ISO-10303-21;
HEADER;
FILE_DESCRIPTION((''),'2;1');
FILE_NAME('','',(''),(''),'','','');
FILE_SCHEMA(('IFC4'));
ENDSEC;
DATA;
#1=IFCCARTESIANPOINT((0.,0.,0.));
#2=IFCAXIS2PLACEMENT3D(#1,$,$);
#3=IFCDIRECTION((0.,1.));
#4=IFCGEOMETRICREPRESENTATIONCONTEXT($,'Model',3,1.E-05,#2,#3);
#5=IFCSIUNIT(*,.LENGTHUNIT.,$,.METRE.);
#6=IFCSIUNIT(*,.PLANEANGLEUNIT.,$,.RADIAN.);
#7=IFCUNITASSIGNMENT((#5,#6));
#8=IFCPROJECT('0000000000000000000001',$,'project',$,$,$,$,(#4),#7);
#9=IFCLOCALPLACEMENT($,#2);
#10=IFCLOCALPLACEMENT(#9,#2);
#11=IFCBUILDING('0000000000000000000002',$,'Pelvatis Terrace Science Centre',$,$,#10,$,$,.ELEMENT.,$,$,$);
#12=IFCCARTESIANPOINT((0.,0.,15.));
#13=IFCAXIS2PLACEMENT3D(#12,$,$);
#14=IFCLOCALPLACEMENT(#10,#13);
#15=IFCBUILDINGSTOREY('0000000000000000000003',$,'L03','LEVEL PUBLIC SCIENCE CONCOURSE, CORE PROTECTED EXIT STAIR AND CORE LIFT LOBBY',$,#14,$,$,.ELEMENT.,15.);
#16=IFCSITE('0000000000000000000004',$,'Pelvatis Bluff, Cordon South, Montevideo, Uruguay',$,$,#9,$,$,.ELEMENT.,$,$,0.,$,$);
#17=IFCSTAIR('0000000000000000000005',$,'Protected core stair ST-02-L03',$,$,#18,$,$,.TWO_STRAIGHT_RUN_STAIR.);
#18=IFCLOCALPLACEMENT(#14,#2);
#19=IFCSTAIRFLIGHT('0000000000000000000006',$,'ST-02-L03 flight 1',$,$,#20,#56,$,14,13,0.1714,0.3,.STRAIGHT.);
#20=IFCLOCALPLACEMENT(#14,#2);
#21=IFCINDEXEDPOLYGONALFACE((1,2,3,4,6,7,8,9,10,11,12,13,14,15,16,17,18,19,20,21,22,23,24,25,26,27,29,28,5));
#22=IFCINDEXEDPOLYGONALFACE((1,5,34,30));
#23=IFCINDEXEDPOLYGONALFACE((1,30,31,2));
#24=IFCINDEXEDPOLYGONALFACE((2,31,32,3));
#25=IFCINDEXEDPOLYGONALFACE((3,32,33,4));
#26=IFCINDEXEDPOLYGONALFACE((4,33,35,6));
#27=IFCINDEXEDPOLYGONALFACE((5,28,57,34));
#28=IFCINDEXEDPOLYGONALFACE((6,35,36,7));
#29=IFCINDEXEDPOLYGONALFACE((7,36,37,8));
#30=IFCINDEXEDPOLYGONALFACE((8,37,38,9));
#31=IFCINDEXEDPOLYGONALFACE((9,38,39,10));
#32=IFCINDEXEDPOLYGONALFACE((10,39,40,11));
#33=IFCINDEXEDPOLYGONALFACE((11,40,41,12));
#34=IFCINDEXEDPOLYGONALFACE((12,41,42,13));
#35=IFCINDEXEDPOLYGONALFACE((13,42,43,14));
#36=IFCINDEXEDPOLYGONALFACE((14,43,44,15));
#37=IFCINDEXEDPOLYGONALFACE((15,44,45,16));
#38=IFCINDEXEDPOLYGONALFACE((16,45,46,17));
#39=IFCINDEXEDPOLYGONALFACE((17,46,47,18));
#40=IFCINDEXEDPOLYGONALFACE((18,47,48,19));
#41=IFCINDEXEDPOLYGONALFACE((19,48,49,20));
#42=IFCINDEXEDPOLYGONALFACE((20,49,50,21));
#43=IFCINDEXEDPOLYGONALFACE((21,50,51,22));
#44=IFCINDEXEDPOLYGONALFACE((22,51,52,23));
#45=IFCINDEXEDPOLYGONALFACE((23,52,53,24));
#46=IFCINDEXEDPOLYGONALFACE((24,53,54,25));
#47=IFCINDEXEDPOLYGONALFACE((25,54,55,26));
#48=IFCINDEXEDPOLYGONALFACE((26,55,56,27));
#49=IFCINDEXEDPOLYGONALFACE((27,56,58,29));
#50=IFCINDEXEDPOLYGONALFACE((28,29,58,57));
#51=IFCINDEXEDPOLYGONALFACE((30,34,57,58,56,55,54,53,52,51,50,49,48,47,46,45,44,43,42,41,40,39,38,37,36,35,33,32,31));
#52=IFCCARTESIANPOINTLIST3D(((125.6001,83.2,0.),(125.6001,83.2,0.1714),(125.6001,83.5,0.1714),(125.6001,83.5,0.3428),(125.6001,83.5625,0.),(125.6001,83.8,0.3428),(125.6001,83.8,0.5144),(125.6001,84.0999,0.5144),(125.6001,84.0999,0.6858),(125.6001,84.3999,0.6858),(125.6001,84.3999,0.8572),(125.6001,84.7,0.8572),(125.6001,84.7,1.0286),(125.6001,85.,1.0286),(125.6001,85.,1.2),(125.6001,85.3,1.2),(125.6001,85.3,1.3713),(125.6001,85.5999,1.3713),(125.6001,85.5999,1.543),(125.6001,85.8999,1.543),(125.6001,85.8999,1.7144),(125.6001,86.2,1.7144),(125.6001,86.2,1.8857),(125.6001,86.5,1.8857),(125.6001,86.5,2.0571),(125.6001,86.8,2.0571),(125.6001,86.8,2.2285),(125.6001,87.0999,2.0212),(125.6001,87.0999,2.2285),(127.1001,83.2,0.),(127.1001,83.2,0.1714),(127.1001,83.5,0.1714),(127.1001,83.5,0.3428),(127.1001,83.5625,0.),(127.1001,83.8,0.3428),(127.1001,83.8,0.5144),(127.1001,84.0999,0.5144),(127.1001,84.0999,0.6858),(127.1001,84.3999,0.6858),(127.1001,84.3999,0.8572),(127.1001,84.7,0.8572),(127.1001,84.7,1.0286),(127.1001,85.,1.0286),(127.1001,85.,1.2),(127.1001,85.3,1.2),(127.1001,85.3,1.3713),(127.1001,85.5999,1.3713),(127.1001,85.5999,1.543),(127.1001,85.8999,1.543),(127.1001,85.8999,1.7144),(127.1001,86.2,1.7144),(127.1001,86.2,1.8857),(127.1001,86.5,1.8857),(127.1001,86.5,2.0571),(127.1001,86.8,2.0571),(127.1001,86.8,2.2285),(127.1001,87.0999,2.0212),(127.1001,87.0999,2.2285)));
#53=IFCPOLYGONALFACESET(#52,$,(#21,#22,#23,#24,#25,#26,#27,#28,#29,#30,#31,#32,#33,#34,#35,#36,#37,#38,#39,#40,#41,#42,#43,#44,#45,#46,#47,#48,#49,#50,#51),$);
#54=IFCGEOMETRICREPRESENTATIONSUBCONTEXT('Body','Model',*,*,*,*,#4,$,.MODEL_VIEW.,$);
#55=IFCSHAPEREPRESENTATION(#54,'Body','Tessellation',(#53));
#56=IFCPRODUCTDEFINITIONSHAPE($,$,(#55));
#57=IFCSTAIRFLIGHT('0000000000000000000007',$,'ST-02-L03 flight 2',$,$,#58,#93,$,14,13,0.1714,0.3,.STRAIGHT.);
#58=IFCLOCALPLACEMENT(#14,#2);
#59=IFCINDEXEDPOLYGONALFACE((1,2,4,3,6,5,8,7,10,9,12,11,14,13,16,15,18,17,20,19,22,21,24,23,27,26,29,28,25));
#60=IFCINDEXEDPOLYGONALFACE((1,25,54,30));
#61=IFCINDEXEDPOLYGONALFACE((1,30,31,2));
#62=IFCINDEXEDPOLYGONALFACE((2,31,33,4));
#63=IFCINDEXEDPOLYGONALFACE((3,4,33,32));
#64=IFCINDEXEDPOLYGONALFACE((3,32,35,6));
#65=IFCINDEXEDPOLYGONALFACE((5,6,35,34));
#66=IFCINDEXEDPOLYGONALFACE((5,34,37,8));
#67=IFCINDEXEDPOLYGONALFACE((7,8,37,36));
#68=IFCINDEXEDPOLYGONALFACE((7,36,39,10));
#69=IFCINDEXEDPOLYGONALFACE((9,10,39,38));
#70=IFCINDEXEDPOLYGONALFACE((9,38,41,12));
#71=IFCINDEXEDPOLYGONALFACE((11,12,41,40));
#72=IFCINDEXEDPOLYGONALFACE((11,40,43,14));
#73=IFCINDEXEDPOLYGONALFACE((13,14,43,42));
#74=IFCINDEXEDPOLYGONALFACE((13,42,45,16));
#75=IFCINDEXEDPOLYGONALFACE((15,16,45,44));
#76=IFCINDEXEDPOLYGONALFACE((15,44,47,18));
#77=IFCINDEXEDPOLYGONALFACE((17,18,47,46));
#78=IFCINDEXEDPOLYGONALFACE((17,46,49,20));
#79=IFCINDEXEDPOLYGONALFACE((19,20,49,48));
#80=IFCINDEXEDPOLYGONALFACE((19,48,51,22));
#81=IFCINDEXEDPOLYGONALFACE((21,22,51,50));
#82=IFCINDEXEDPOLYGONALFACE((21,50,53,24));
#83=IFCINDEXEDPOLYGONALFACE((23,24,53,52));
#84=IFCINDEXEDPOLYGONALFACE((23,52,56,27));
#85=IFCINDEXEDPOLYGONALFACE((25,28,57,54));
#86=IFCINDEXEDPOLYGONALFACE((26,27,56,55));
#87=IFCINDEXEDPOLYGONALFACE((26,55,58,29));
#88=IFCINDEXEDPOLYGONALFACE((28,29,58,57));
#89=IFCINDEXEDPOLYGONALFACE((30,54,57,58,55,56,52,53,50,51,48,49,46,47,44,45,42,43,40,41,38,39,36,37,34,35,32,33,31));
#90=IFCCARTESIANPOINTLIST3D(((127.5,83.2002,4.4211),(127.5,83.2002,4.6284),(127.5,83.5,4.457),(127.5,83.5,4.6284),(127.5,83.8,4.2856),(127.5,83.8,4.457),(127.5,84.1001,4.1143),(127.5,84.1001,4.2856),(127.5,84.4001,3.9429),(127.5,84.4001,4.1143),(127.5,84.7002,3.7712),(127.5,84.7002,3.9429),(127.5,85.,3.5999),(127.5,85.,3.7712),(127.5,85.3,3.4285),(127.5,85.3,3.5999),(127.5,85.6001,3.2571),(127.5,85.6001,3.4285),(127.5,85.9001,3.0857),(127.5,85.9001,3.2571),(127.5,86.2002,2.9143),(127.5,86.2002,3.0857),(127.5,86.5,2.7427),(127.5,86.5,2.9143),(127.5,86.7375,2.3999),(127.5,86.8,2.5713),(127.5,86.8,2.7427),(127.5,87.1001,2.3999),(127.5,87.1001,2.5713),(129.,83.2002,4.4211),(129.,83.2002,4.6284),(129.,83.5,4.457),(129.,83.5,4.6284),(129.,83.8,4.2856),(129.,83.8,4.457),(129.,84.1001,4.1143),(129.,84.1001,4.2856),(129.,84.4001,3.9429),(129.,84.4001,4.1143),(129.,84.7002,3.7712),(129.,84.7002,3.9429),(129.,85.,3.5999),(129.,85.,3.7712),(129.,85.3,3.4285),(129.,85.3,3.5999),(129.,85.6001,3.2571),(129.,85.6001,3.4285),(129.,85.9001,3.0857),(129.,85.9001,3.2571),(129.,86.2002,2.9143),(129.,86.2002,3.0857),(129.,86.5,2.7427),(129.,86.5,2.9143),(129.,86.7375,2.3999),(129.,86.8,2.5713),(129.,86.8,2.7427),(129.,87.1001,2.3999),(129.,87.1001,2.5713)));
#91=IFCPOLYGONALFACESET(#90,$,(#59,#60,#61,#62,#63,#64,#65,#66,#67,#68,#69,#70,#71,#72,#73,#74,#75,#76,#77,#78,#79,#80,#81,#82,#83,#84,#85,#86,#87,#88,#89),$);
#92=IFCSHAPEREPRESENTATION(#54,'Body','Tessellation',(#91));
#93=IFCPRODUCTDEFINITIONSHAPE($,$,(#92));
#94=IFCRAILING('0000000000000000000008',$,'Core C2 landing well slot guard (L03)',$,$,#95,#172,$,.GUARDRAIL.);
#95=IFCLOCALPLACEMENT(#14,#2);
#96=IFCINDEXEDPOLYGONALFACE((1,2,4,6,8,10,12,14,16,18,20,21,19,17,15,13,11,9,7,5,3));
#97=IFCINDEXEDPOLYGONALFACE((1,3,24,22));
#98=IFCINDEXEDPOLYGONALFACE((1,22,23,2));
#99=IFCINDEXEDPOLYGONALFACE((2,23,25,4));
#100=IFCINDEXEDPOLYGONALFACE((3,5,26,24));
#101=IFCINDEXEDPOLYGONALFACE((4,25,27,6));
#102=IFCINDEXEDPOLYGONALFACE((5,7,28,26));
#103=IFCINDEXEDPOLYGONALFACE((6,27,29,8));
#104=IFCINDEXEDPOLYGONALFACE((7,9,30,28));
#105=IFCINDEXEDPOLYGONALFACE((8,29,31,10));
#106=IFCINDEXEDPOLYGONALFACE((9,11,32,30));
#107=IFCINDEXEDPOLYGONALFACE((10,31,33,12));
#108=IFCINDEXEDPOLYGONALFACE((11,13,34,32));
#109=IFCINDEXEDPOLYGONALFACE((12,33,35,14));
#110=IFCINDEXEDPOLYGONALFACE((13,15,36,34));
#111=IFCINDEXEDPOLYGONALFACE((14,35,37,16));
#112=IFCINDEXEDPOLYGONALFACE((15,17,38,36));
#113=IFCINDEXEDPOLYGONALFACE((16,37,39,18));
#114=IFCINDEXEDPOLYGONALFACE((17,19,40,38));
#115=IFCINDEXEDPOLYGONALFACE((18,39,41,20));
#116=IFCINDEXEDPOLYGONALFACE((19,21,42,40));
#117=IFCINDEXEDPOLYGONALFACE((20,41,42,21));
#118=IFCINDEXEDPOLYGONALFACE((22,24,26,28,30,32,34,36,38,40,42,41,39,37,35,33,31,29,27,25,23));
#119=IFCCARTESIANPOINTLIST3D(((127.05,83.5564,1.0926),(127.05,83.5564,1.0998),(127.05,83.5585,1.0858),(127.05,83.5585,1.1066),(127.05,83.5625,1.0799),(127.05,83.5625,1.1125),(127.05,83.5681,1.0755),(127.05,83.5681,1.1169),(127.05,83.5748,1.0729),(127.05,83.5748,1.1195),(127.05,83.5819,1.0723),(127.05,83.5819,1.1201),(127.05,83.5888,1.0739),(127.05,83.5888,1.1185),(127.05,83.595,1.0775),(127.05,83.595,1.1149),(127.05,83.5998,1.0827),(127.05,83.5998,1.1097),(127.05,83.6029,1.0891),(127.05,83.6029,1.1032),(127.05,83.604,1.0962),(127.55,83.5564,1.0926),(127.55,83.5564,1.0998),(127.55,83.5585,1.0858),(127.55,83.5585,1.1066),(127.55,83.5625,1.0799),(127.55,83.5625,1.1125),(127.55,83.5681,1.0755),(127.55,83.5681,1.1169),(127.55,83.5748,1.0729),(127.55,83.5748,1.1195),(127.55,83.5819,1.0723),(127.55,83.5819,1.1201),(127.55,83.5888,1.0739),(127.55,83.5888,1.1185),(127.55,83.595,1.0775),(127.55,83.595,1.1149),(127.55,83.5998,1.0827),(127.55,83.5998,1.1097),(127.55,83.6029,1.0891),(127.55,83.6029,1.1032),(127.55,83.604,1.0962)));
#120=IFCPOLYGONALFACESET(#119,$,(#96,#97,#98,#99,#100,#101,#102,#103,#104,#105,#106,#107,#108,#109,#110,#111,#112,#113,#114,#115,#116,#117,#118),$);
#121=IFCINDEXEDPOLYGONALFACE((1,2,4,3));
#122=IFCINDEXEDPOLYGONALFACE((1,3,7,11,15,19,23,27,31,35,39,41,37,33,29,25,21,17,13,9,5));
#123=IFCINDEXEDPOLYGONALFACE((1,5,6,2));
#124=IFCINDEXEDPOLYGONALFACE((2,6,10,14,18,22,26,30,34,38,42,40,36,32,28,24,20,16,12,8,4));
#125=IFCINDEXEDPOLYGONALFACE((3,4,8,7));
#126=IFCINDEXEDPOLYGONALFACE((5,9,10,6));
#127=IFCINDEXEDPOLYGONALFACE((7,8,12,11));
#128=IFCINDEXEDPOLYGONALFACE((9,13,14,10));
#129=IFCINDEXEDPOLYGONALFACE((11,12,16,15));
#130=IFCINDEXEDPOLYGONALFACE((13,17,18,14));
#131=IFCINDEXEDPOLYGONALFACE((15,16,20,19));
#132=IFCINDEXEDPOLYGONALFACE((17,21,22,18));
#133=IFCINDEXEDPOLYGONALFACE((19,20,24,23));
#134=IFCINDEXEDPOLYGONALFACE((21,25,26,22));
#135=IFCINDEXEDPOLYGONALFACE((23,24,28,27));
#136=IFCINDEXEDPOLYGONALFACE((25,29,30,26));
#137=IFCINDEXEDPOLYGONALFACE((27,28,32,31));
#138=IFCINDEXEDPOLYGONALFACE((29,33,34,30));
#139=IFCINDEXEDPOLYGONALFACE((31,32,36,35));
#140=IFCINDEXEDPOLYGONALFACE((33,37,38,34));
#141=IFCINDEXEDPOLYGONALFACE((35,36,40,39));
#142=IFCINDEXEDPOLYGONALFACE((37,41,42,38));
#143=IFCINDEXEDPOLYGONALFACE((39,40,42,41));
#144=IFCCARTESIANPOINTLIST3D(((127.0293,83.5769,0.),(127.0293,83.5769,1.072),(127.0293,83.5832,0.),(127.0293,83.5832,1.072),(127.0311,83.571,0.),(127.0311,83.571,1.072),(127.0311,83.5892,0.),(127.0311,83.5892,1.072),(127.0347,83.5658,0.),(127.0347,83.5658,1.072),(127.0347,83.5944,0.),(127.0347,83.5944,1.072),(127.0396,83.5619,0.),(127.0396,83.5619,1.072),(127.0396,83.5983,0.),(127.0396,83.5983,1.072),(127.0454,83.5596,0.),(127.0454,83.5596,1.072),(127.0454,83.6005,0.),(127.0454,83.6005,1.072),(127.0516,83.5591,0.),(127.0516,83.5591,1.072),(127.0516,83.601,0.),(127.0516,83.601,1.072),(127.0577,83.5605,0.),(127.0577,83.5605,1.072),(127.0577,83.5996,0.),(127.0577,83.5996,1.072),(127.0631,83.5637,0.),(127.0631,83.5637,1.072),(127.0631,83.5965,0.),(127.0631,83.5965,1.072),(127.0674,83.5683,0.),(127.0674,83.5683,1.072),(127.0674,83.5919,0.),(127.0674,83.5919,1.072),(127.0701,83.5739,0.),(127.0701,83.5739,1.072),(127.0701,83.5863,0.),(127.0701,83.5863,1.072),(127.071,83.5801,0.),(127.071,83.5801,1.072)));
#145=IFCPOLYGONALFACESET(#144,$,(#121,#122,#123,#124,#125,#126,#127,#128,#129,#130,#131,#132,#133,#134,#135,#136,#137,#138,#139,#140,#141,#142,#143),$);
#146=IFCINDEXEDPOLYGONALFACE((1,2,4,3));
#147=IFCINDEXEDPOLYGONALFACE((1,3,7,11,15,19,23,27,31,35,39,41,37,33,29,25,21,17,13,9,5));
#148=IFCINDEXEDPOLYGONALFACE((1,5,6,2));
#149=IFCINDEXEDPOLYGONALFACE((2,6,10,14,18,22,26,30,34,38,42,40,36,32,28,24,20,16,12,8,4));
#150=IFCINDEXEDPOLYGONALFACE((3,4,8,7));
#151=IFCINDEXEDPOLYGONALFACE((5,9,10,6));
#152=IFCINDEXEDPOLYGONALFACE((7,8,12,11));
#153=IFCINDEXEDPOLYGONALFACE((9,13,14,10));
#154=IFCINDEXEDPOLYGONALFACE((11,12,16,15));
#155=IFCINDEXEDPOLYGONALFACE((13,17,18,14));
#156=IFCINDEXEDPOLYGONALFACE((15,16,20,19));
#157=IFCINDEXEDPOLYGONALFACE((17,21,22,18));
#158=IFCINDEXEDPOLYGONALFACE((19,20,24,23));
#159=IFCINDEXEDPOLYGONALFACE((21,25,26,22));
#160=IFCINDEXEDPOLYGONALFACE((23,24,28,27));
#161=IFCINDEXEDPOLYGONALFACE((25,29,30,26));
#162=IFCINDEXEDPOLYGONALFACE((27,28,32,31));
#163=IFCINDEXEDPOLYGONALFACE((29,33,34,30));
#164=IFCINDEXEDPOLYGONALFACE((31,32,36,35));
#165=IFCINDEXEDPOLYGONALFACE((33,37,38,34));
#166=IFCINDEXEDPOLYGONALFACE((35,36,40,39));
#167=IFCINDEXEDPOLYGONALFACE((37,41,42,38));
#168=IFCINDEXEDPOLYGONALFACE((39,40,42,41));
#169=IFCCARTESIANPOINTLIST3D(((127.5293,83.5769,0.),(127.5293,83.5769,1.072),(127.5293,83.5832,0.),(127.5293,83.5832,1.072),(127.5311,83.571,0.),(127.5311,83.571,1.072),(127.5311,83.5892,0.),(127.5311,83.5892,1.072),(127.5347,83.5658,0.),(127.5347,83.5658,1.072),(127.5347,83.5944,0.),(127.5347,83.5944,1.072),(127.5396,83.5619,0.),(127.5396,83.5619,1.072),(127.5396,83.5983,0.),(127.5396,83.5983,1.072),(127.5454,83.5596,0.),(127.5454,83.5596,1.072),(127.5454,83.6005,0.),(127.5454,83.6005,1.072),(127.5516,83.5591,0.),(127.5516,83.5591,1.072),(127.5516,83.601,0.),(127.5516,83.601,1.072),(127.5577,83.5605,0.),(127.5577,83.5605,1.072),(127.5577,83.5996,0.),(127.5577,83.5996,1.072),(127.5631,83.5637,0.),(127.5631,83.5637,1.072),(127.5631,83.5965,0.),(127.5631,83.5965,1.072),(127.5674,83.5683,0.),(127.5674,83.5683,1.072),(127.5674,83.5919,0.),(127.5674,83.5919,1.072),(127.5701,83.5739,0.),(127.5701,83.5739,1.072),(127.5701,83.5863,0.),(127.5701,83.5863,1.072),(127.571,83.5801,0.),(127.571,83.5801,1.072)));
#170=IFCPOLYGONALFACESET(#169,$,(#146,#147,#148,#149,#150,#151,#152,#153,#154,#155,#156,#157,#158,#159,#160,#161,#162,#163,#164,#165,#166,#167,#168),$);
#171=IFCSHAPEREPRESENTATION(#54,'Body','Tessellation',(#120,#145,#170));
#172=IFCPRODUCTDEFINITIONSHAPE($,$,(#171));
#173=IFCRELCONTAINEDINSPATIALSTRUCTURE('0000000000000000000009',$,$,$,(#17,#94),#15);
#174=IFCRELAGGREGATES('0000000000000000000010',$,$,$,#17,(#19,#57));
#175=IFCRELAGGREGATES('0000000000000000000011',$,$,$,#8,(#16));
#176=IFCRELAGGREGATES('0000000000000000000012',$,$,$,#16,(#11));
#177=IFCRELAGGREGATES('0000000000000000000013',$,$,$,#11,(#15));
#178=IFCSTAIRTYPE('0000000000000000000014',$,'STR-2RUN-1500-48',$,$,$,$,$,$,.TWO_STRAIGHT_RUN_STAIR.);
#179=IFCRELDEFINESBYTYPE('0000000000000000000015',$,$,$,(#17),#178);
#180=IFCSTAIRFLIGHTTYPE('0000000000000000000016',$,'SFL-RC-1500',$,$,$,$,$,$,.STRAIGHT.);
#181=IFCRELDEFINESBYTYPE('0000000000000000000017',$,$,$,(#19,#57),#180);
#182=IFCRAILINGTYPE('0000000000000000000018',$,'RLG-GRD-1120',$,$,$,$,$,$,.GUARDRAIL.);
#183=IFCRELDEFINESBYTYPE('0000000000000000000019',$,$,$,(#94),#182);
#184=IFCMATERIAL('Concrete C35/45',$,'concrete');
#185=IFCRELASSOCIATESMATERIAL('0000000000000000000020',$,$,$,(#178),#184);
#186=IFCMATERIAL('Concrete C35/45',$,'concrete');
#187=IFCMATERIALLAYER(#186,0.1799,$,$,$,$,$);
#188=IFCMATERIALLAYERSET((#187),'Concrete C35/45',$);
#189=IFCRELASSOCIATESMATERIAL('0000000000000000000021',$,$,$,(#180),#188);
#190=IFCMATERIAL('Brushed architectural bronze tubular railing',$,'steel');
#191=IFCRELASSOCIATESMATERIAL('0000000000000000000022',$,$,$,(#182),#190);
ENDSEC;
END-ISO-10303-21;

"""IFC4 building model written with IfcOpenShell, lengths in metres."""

from ifc_helpers import new_model, si_unit, direction, frame, origin, origin_2d, place, context, subcontext, project, spatial, polyline, circle, outline, extrude, material, layer, layer_set, type_object, element, aggregate, save


model = new_model("IFC4")

# Units and contexts
model_context = context("Model", 3, precision=1e-05, world=origin(), true_north=direction((0.0, 1.0)))
body_context = subcontext(model_context, "Body", "Model", "MODEL_VIEW")
ifc_project = project(units=[si_unit("LENGTHUNIT", "METRE"), si_unit("PLANEANGLEUNIT", "RADIAN")], contexts=[model_context])

# Site, building, storey
site_placement = place(None, origin())
site = spatial("IfcSite", under=ifc_project, at=site_placement, Name="Pelvatis Bluff, Cordon South, Montevideo, Uruguay", CompositionType="ELEMENT", RefElevation=0.0)
building_placement = place(site_placement, origin())
building = spatial("IfcBuilding", under=site, at=building_placement, Name="Pelvatis Terrace Science Centre", CompositionType="ELEMENT")
storey_placement = place(building_placement, frame((0.0, 0.0, 15.0)))
storey = spatial("IfcBuildingStorey", under=building, at=storey_placement, Name="L03", Description="LEVEL PUBLIC SCIENCE CONCOURSE, CORE PROTECTED EXIT STAIR AND CORE LIFT LOBBY", CompositionType="ELEMENT", Elevation=15.0)

# Stair, stair flights
ifc_material_1 = material(Name="Concrete C35/45", Category="concrete")
stair_type = type_object("IfcStairType", Name="STR-2RUN-1500-48", PredefinedType="TWO_STRAIGHT_RUN_STAIR", material=ifc_material_1)
stair_placement = place(storey_placement, origin())
stair = element("IfcStair", 1, at=stair_placement, inside=storey, type_object=stair_type, Name="Protected core stair ST-02-L03", PredefinedType="TWO_STRAIGHT_RUN_STAIR")
ifc_material_2 = material(Name="Concrete C35/45", Category="concrete")
ifc_layer_1 = layer(ifc_material_2, 0.1799)
ifc_layer_set_1 = layer_set([ifc_layer_1], Name="Concrete C35/45")
stair_flight_type = type_object("IfcStairFlightType", Name="SFL-RC-1500", PredefinedType="STRAIGHT", material=ifc_layer_set_1)
stair_flight_1_placement = place(storey_placement, frame((126.3501, 83.2, 0.0), z_axis=(0.0, 0.0, 1.0), x_axis=(0.0, 1.0, 0.0)))
stair_flight_1 = element("IfcStairFlight", 2, at=stair_flight_1_placement, type_object=stair_flight_type, Name="ST-02-L03 flight 1", NumberOfRisers=14, NumberOfTreads=13, PredefinedType="STRAIGHT", RiserHeight=0.1714, TreadLength=0.3, context=body_context, shape_type="SweptSolid", body=[
    extrude(outline(polyline([(0.0, 0.0), (0.0, 0.1714), (0.3, 0.1714), (0.3, 0.3428), (0.6001, 0.3428), (0.6001, 0.5144), (0.8999, 0.5144), (0.8999, 0.6858), (1.2, 0.6858), (1.2, 0.8572), (1.5, 0.8572), (1.5, 1.0286), (1.8, 1.0286), (1.8, 1.2), (2.1001, 1.2), (2.1001, 1.3713), (2.3999, 1.3713), (2.3999, 1.543), (2.7, 1.543), (2.7, 1.7144), (3.0, 1.7144), (3.0, 1.8857), (3.3, 1.8857), (3.3, 2.0571), (3.6001, 2.0571), (3.6001, 2.2285), (3.8999, 2.2285), (3.8999, 2.3999), (3.8999, 2.0212), (0.3625, 0.0), (0.0, 0.0)])), frame((0.0, 0.75, 0.0), z_axis=(0.0, -1.0, 0.0), x_axis=(1.0, 0.0, 0.0)), (0.0, 0.0, 1.0), 1.5),
])
stair_flight_2_placement = place(storey_placement, frame((128.25, 87.1001, 2.3999), z_axis=(0.0, 0.0, 1.0), x_axis=(0.0, -1.0, 0.0)))
stair_flight_2 = element("IfcStairFlight", 3, at=stair_flight_2_placement, type_object=stair_flight_type, Name="ST-02-L03 flight 2", NumberOfRisers=14, NumberOfTreads=13, PredefinedType="STRAIGHT", RiserHeight=0.1714, TreadLength=0.3, context=body_context, shape_type="SweptSolid", body=[
    extrude(outline(polyline([(0.0, 0.0), (0.0, 0.1714), (0.3, 0.1714), (0.3, 0.3428), (0.6001, 0.3428), (0.6001, 0.5144), (0.8999, 0.5144), (0.8999, 0.6858), (1.2, 0.6858), (1.2, 0.8572), (1.5, 0.8572), (1.5, 1.0286), (1.8, 1.0286), (1.8, 1.2), (2.1001, 1.2), (2.1001, 1.3713), (2.3999, 1.3713), (2.3999, 1.543), (2.7, 1.543), (2.7, 1.7144), (3.0, 1.7144), (3.0, 1.8857), (3.3, 1.8857), (3.3, 2.0571), (3.6001, 2.0571), (3.6001, 2.2285), (3.8999, 2.2285), (3.8999, 2.3999), (3.8999, 2.0212), (0.3625, 0.0), (0.0, 0.0)])), frame((0.0, 0.75, 0.0), z_axis=(0.0, -1.0, 0.0), x_axis=(1.0, 0.0, 0.0)), (0.0, 0.0, 1.0), 1.5),
])
aggregate(stair, [stair_flight_1, stair_flight_2])

# Railing
ifc_material_3 = material(Name="Brushed architectural bronze tubular railing", Category="steel")
railing_type_1 = type_object("IfcRailingType", Name="RLG-GRD-1120", PredefinedType="GUARDRAIL", material=ifc_material_3)
railing_1_placement = place(storey_placement, frame((127.05, 83.5801, 0.0)))
element("IfcRailing", 4, at=railing_1_placement, inside=storey, type_object=railing_type_1, Name="Core C2 landing well slot guard (L03)", PredefinedType="GUARDRAIL", context=body_context, shape_type="SweptSolid", body=[
    extrude(circle(Radius=0.0239, at=origin_2d()), frame((0.0, 0.0, 1.0962), z_axis=(1.0, 0.0, 0.0), x_axis=(0.0, 1.0, 0.0)), (0.0, 0.0, 1.0), 0.5),
    extrude(circle(Radius=0.021, at=origin_2d()), origin(), (0.0, 0.0, 1.0), 1.072),
    extrude(circle(Radius=0.021, at=origin_2d()), frame((0.5, 0.0, 0.0)), (0.0, 0.0, 1.0), 1.072),
])

save(model, "model.ifc")
